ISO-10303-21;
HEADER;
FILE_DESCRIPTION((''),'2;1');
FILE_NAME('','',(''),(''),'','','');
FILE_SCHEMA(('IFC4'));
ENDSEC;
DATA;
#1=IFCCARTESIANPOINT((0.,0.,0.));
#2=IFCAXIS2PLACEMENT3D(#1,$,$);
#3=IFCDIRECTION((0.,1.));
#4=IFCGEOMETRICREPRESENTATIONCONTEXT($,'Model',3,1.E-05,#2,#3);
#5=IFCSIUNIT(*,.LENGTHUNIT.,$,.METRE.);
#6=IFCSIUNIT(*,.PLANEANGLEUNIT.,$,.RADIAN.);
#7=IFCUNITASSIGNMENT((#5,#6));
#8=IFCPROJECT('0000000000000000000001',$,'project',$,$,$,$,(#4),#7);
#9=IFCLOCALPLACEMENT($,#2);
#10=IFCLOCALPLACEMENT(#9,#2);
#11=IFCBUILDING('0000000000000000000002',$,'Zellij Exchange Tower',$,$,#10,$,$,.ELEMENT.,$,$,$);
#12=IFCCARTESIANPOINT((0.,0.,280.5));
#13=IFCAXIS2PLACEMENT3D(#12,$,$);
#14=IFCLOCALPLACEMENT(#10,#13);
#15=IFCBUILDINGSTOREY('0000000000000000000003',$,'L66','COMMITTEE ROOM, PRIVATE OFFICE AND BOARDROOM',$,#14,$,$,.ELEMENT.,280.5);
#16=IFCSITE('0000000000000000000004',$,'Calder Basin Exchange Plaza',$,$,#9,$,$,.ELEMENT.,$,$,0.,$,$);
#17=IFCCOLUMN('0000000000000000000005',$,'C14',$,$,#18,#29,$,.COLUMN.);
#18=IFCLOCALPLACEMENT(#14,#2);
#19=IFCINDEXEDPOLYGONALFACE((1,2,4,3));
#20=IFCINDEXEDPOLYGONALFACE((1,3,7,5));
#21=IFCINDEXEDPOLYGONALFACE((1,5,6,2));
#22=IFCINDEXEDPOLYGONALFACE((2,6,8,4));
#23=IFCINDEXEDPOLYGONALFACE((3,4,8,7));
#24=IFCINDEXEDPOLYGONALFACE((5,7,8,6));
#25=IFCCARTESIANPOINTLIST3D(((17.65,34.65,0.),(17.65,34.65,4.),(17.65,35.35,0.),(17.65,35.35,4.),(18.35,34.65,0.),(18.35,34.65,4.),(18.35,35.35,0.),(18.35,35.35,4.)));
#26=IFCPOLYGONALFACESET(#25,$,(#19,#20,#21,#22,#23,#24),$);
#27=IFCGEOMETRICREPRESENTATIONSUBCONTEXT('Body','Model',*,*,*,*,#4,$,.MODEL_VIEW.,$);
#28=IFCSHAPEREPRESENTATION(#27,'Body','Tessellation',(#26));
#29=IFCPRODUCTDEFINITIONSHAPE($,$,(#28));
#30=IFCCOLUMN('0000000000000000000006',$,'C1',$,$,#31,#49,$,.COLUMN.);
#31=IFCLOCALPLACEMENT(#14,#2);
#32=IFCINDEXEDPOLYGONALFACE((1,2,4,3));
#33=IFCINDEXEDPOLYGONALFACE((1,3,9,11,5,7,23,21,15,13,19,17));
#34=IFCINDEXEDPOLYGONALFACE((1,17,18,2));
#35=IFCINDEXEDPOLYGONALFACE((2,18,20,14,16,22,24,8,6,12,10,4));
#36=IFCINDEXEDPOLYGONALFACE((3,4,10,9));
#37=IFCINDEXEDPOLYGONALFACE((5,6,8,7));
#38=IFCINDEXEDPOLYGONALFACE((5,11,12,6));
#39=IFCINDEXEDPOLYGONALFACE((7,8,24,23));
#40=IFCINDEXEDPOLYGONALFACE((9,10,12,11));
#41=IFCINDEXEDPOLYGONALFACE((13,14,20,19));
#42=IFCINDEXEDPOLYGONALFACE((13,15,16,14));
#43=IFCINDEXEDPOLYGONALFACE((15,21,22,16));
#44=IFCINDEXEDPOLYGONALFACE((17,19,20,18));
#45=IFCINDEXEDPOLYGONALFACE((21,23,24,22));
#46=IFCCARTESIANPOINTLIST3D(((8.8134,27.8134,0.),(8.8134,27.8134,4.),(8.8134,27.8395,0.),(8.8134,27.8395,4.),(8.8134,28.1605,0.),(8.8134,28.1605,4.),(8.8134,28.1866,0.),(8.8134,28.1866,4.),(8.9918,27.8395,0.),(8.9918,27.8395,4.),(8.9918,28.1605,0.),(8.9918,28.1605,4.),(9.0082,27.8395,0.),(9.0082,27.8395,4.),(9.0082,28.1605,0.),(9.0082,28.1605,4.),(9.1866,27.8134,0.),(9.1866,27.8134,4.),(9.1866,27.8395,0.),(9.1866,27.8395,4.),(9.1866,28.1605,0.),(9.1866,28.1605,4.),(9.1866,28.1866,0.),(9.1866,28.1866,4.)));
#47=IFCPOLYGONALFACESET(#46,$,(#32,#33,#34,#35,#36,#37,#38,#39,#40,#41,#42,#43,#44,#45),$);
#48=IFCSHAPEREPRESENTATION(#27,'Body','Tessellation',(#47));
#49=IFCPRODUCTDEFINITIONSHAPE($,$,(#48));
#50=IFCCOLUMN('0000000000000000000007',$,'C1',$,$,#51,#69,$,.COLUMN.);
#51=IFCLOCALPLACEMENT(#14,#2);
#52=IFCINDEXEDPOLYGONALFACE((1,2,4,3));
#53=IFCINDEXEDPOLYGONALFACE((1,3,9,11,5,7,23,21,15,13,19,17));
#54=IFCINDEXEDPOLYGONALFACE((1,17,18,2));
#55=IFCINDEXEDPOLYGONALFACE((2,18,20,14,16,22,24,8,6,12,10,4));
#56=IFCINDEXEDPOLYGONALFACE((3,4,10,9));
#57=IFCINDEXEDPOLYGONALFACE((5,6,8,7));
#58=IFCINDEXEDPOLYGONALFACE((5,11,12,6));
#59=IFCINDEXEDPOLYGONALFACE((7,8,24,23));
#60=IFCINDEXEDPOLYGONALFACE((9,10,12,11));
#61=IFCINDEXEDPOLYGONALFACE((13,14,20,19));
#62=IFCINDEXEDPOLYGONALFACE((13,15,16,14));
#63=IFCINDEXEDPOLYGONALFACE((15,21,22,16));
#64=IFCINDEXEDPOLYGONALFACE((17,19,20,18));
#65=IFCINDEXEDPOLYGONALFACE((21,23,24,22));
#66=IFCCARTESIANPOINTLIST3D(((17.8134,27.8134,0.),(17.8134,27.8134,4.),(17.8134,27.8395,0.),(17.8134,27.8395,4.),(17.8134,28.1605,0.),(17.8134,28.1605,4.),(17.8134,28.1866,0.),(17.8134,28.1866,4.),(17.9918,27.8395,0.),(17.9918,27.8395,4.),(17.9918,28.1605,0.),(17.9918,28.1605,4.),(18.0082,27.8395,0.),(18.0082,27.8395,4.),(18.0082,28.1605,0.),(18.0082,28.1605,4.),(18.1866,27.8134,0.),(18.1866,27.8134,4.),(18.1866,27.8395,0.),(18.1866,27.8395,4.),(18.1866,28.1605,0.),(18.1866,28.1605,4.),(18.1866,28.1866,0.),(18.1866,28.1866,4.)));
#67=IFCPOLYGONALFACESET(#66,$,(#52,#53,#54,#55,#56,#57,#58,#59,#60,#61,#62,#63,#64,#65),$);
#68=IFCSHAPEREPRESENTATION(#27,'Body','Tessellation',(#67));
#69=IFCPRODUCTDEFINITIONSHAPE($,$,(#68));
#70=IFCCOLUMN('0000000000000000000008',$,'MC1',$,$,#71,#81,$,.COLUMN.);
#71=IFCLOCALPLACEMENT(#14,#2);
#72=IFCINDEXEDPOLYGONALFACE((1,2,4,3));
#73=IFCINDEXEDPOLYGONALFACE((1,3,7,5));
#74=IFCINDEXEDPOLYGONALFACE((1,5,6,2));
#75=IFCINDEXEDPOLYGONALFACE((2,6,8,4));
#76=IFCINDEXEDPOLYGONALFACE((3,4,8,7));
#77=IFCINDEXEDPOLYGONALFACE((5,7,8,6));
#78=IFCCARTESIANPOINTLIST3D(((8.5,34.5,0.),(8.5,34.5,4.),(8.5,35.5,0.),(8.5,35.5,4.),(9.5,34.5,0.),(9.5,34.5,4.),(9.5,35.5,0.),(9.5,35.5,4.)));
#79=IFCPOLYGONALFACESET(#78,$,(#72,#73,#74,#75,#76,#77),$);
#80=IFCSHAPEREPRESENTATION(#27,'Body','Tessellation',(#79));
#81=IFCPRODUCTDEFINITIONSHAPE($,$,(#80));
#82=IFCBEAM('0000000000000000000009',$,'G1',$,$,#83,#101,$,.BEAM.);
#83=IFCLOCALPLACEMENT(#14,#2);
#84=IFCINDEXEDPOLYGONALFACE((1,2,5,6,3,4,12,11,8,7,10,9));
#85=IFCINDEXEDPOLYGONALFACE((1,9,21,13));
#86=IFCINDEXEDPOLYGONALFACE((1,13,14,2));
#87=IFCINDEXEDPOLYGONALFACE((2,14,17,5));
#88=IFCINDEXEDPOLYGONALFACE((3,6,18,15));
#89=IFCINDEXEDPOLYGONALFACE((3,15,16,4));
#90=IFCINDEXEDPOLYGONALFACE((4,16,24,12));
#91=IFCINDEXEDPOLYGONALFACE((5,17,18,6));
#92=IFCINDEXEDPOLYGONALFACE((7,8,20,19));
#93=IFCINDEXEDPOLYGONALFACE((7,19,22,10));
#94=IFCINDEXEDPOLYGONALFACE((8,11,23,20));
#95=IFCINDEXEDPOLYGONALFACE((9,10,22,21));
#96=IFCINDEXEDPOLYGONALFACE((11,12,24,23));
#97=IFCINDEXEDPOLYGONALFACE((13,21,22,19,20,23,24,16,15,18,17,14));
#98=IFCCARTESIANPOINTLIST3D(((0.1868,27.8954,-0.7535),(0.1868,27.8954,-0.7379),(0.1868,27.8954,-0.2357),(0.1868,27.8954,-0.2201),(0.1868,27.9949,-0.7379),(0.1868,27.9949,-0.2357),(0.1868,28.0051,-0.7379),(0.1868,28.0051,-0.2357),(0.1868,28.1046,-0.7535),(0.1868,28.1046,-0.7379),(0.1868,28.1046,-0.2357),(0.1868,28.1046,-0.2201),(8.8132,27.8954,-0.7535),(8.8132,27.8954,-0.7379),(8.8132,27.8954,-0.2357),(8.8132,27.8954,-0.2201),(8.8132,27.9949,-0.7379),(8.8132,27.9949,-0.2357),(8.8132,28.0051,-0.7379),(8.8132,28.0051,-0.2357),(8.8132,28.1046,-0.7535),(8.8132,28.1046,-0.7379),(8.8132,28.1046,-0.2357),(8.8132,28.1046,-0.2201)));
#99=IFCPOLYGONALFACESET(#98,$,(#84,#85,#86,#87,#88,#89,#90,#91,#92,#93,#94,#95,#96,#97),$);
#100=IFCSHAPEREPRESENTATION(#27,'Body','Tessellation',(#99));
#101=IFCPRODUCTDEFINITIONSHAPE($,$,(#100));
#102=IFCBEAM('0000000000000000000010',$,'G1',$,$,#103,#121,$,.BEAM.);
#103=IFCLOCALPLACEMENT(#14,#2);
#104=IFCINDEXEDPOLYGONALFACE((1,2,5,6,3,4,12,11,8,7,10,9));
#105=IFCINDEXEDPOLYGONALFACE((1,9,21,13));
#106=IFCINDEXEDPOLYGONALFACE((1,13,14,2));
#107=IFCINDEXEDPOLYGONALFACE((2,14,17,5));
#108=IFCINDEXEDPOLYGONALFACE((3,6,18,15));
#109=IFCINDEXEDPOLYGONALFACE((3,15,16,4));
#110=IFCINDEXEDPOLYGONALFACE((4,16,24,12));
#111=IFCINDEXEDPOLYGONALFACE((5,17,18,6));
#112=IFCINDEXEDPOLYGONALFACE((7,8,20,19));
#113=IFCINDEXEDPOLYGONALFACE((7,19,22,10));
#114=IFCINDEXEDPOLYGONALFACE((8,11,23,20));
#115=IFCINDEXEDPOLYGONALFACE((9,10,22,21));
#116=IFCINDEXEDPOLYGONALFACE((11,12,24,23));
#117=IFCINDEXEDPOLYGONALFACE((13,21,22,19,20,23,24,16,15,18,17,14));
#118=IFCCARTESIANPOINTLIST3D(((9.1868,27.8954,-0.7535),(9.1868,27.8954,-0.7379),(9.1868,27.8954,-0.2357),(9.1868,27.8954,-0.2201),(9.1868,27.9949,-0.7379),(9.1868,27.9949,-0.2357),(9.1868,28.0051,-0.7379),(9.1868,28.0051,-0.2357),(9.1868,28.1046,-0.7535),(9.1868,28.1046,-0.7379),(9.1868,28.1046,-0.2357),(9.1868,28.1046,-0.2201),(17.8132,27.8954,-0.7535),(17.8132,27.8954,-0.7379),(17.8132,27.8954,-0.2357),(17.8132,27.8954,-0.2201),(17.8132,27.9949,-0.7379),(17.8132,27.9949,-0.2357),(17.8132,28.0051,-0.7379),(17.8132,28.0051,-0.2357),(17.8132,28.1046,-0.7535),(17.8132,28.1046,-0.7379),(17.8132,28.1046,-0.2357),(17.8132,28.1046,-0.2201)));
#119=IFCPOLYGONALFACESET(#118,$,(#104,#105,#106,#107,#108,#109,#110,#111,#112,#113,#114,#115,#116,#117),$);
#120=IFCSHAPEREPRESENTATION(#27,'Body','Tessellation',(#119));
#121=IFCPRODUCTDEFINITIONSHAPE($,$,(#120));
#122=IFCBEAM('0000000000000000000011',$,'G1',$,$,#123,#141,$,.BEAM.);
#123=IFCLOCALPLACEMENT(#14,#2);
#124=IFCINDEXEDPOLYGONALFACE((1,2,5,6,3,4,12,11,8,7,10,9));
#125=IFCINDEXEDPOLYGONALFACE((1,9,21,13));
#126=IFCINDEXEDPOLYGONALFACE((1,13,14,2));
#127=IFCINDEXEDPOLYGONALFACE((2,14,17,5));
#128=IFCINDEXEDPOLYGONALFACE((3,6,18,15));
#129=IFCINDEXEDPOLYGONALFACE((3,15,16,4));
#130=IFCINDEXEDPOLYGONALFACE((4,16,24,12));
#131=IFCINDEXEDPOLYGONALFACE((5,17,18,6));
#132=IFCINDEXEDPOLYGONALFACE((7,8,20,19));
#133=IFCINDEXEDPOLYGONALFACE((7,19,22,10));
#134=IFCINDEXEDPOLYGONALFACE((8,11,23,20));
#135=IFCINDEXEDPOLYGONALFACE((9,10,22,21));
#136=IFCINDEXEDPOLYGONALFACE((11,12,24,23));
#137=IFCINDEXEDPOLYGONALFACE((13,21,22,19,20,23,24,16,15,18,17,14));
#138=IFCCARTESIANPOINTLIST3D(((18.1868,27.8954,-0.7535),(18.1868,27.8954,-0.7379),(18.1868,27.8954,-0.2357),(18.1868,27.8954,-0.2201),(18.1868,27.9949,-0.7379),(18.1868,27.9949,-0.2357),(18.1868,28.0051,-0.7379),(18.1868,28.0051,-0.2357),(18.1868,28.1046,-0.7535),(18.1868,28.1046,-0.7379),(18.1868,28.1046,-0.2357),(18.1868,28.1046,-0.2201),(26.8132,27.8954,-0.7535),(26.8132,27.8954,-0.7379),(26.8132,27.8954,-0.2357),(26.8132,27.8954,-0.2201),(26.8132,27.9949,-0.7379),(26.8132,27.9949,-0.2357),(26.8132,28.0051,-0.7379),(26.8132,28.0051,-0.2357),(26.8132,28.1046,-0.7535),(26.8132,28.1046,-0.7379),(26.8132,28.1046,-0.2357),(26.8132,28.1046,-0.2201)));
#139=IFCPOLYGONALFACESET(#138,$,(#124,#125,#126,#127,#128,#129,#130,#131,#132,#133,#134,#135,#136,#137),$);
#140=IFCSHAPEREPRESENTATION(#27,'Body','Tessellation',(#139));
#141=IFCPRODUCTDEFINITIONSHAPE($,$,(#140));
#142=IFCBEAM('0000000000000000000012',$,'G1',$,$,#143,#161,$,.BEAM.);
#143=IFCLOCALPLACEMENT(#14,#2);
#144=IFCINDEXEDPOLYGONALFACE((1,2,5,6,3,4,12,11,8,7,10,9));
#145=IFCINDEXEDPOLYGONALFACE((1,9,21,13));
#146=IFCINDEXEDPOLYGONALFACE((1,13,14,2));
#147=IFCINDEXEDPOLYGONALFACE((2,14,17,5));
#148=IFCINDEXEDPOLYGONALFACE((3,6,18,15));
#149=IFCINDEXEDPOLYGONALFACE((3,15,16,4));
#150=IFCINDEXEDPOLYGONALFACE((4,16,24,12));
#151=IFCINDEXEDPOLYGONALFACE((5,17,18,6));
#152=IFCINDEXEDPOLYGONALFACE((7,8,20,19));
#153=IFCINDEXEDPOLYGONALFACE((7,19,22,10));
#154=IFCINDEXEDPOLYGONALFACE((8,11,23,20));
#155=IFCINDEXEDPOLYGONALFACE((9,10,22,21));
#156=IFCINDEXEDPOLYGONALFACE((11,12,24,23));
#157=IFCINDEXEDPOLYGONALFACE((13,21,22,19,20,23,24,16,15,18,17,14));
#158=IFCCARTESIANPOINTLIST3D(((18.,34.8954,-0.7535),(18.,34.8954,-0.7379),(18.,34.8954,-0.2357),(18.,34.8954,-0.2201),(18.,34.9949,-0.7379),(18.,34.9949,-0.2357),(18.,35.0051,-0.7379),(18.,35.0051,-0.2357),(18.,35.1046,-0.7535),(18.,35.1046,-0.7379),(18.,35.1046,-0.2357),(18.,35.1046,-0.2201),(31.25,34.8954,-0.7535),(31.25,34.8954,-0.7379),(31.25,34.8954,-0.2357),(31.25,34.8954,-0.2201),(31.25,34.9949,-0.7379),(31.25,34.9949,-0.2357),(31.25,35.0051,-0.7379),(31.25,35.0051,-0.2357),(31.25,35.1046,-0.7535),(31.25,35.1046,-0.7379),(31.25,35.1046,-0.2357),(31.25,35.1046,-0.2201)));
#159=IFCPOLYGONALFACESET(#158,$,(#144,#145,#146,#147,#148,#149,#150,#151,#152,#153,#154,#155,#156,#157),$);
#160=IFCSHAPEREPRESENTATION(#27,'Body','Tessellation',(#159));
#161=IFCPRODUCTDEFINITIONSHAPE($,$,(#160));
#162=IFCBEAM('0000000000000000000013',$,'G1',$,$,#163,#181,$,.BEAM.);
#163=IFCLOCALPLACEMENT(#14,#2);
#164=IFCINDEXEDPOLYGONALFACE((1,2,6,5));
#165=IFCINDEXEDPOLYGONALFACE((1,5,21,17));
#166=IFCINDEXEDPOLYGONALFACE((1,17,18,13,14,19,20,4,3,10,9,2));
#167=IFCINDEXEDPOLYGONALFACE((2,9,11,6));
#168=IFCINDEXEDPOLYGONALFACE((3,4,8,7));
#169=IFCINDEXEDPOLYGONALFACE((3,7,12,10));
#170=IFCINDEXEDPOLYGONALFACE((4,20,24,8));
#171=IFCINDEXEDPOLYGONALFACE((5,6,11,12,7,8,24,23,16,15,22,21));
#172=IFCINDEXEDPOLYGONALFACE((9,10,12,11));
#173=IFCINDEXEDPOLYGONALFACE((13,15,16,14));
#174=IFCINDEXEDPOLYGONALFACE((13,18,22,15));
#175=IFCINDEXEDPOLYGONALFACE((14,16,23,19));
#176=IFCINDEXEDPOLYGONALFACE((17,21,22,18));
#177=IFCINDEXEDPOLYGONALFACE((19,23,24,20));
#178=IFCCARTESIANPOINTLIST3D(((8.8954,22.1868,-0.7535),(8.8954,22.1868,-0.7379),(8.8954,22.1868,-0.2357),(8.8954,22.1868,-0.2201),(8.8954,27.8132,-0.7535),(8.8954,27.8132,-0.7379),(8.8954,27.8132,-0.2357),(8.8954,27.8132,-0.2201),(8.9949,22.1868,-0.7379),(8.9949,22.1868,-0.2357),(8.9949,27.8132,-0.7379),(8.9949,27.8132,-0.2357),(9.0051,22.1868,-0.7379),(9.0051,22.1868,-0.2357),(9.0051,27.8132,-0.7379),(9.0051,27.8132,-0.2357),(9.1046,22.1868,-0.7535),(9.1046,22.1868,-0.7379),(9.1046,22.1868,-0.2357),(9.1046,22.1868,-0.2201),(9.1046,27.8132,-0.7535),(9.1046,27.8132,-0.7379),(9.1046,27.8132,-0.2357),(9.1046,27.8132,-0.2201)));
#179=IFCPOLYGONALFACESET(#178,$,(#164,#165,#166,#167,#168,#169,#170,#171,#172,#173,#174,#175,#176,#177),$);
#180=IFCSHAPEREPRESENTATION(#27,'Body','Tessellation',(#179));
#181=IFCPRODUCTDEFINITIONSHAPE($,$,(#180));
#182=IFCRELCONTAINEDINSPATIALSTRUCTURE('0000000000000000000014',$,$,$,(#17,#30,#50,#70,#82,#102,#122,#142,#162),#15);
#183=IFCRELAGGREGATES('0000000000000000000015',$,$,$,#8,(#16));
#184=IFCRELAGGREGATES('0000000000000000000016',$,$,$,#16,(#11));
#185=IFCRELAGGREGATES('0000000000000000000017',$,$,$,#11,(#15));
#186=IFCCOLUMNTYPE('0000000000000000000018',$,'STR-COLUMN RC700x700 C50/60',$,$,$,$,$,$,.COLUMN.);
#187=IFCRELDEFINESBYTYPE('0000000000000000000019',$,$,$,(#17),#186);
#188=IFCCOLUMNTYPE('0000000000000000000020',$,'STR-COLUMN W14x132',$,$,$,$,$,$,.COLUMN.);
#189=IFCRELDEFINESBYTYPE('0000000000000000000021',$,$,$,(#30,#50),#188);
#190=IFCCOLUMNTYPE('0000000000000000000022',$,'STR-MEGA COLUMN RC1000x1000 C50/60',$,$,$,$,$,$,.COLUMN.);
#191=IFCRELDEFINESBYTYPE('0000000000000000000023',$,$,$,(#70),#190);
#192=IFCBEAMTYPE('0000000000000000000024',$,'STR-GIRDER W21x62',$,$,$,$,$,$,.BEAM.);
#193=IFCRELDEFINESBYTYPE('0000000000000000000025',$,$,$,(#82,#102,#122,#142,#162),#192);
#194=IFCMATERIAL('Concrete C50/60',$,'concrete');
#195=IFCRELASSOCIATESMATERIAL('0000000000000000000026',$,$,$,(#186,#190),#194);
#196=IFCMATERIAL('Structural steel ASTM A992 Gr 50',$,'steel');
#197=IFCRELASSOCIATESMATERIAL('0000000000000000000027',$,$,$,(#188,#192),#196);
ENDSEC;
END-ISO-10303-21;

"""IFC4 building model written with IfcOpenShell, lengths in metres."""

from ifc_helpers import new_model, si_unit, direction, frame, origin, origin_2d, place, context, subcontext, project, spatial, rectangle, i_section, extrude, material, material_profile, profile_set, type_object, element, save


model = new_model("IFC4")

# Units and contexts
model_context = context("Model", 3, precision=1e-05, world=origin(), true_north=direction((0.0, 1.0)))
body_context = subcontext(model_context, "Body", "Model", "MODEL_VIEW")
ifc_project = project(units=[si_unit("LENGTHUNIT", "METRE"), si_unit("PLANEANGLEUNIT", "RADIAN")], contexts=[model_context])

# Site, building, storey
site_placement = place(None, origin())
site = spatial("IfcSite", under=ifc_project, at=site_placement, Name="Calder Basin Exchange Plaza", CompositionType="ELEMENT", RefElevation=0.0)
building_placement = place(site_placement, origin())
building = spatial("IfcBuilding", under=site, at=building_placement, Name="Zellij Exchange Tower", CompositionType="ELEMENT")
storey_placement = place(building_placement, frame((0.0, 0.0, 280.5)))
storey = spatial("IfcBuildingStorey", under=building, at=storey_placement, Name="L66", Description="COMMITTEE ROOM, PRIVATE OFFICE AND BOARDROOM", CompositionType="ELEMENT", Elevation=280.5)

# Columns
ifc_material_1 = material(Name="Concrete C50/60", Category="concrete")
ifc_material_profile_1 = material_profile(ifc_material_1, rectangle(XDim=0.7, YDim=0.7, at=origin_2d()), Name="STR-COLUMN RC700x700 C50/60")
ifc_profile_set_1 = profile_set([ifc_material_profile_1], Name="Concrete C50/60")
column_type_1 = type_object("IfcColumnType", Name="STR-COLUMN RC700x700 C50/60", PredefinedType="COLUMN", material=ifc_profile_set_1)
column_1_placement = place(storey_placement, frame((18.0, 35.0, 0.0), z_axis=(0.0, 0.0, 1.0), x_axis=(1.0, 0.0, 0.0)))
element("IfcColumn", 1, at=column_1_placement, inside=storey, type_object=column_type_1, Name="C14", PredefinedType="COLUMN", context=body_context, shape_type="SweptSolid", body=[
    extrude(rectangle(XDim=0.7, YDim=0.7, at=origin_2d()), origin(), (0.0, 0.0, 1.0), 4.0),
])
ifc_material_2 = material(Name="Structural steel ASTM A992 Gr 50", Category="steel")
ifc_material_profile_2 = material_profile(ifc_material_2, i_section(OverallWidth=0.3733, OverallDepth=0.3733, WebThickness=0.0164, FlangeThickness=0.0261, at=origin_2d()), Name="W14x132")
ifc_profile_set_2 = profile_set([ifc_material_profile_2], Name="Structural steel ASTM A992 Gr 50")
column_type_2 = type_object("IfcColumnType", Name="STR-COLUMN W14x132", PredefinedType="COLUMN", material=ifc_profile_set_2)
for number, where, z_axis, x_axis, name in (
    (2, (9.0, 28.0, 0.0), (0.0, 0.0, 1.0), (1.0, 0.0, 0.0), "C1"),
    (3, (18.0, 28.0, 0.0), (0.0, 0.0, 1.0), (1.0, 0.0, 0.0), "C1"),
):
    element("IfcColumn", number, at=place(storey_placement, frame(where, z_axis=z_axis, x_axis=x_axis)), inside=storey, type_object=column_type_2, Name=name, PredefinedType="COLUMN", context=body_context, shape_type="SweptSolid", body=[
        extrude(i_section(OverallWidth=0.3733, OverallDepth=0.3733, WebThickness=0.0164, FlangeThickness=0.0261, at=origin_2d()), origin(), (0.0, 0.0, 1.0), 4.0),
    ])
ifc_material_profile_3 = material_profile(ifc_material_1, rectangle(XDim=1.0, YDim=1.0, at=origin_2d()), Name="STR-MEGA COLUMN RC1000x1000 C50/60")
ifc_profile_set_3 = profile_set([ifc_material_profile_3], Name="Concrete C50/60")
column_type_3 = type_object("IfcColumnType", Name="STR-MEGA COLUMN RC1000x1000 C50/60", PredefinedType="COLUMN", material=ifc_profile_set_3)
column_2_placement = place(storey_placement, frame((9.0, 35.0, 0.0), z_axis=(0.0, 0.0, 1.0), x_axis=(1.0, 0.0, 0.0)))
element("IfcColumn", 4, at=column_2_placement, inside=storey, type_object=column_type_3, Name="MC1", PredefinedType="COLUMN", context=body_context, shape_type="SweptSolid", body=[
    extrude(rectangle(XDim=1.0, YDim=1.0, at=origin_2d()), origin(), (0.0, 0.0, 1.0), 4.0),
])

# Beams
ifc_material_profile_4 = material_profile(ifc_material_2, i_section(OverallWidth=0.2092, OverallDepth=0.5334, WebThickness=0.0103, FlangeThickness=0.0156, at=origin_2d()), Name="W21x62")
ifc_profile_set_4 = profile_set([ifc_material_profile_4], Name="Structural steel ASTM A992 Gr 50")
beam_type = type_object("IfcBeamType", Name="STR-GIRDER W21x62", PredefinedType="BEAM", material=ifc_profile_set_4)
for number, where, z_axis, x_axis, name in (
    (5, (0.1868, 28.0, -0.4868), (1.0, 0.0, 0.0), (0.0, 1.0, 0.0), "G1"),
    (6, (9.1868, 28.0, -0.4868), (1.0, 0.0, 0.0), (0.0, 1.0, 0.0), "G1"),
    (7, (18.1868, 28.0, -0.4868), (1.0, 0.0, 0.0), (0.0, 1.0, 0.0), "G1"),
):
    element("IfcBeam", number, at=place(storey_placement, frame(where, z_axis=z_axis, x_axis=x_axis)), inside=storey, type_object=beam_type, Name=name, PredefinedType="BEAM", context=body_context, shape_type="SweptSolid", body=[
        extrude(i_section(OverallWidth=0.2092, OverallDepth=0.5334, WebThickness=0.0103, FlangeThickness=0.0156, at=origin_2d()), origin(), (0.0, 0.0, 1.0), 8.6265),
    ])
beam_1_placement = place(storey_placement, frame((18.0, 35.0, -0.4868), z_axis=(1.0, 0.0, 0.0), x_axis=(0.0, 1.0, 0.0)))
element("IfcBeam", 8, at=beam_1_placement, inside=storey, type_object=beam_type, Name="G1", PredefinedType="BEAM", context=body_context, shape_type="SweptSolid", body=[
    extrude(i_section(OverallWidth=0.2092, OverallDepth=0.5334, WebThickness=0.0103, FlangeThickness=0.0156, at=origin_2d()), origin(), (0.0, 0.0, 1.0), 13.25),
])
beam_2_placement = place(storey_placement, frame((9.0, 22.1868, -0.4868), z_axis=(0.0, 1.0, 0.0), x_axis=(-1.0, 0.0, 0.0)))
element("IfcBeam", 9, at=beam_2_placement, inside=storey, type_object=beam_type, Name="G1", PredefinedType="BEAM", context=body_context, shape_type="SweptSolid", body=[
    extrude(i_section(OverallWidth=0.2092, OverallDepth=0.5334, WebThickness=0.0103, FlangeThickness=0.0156, at=origin_2d()), origin(), (0.0, 0.0, 1.0), 5.6265),
])

save(model, "model.ifc")
